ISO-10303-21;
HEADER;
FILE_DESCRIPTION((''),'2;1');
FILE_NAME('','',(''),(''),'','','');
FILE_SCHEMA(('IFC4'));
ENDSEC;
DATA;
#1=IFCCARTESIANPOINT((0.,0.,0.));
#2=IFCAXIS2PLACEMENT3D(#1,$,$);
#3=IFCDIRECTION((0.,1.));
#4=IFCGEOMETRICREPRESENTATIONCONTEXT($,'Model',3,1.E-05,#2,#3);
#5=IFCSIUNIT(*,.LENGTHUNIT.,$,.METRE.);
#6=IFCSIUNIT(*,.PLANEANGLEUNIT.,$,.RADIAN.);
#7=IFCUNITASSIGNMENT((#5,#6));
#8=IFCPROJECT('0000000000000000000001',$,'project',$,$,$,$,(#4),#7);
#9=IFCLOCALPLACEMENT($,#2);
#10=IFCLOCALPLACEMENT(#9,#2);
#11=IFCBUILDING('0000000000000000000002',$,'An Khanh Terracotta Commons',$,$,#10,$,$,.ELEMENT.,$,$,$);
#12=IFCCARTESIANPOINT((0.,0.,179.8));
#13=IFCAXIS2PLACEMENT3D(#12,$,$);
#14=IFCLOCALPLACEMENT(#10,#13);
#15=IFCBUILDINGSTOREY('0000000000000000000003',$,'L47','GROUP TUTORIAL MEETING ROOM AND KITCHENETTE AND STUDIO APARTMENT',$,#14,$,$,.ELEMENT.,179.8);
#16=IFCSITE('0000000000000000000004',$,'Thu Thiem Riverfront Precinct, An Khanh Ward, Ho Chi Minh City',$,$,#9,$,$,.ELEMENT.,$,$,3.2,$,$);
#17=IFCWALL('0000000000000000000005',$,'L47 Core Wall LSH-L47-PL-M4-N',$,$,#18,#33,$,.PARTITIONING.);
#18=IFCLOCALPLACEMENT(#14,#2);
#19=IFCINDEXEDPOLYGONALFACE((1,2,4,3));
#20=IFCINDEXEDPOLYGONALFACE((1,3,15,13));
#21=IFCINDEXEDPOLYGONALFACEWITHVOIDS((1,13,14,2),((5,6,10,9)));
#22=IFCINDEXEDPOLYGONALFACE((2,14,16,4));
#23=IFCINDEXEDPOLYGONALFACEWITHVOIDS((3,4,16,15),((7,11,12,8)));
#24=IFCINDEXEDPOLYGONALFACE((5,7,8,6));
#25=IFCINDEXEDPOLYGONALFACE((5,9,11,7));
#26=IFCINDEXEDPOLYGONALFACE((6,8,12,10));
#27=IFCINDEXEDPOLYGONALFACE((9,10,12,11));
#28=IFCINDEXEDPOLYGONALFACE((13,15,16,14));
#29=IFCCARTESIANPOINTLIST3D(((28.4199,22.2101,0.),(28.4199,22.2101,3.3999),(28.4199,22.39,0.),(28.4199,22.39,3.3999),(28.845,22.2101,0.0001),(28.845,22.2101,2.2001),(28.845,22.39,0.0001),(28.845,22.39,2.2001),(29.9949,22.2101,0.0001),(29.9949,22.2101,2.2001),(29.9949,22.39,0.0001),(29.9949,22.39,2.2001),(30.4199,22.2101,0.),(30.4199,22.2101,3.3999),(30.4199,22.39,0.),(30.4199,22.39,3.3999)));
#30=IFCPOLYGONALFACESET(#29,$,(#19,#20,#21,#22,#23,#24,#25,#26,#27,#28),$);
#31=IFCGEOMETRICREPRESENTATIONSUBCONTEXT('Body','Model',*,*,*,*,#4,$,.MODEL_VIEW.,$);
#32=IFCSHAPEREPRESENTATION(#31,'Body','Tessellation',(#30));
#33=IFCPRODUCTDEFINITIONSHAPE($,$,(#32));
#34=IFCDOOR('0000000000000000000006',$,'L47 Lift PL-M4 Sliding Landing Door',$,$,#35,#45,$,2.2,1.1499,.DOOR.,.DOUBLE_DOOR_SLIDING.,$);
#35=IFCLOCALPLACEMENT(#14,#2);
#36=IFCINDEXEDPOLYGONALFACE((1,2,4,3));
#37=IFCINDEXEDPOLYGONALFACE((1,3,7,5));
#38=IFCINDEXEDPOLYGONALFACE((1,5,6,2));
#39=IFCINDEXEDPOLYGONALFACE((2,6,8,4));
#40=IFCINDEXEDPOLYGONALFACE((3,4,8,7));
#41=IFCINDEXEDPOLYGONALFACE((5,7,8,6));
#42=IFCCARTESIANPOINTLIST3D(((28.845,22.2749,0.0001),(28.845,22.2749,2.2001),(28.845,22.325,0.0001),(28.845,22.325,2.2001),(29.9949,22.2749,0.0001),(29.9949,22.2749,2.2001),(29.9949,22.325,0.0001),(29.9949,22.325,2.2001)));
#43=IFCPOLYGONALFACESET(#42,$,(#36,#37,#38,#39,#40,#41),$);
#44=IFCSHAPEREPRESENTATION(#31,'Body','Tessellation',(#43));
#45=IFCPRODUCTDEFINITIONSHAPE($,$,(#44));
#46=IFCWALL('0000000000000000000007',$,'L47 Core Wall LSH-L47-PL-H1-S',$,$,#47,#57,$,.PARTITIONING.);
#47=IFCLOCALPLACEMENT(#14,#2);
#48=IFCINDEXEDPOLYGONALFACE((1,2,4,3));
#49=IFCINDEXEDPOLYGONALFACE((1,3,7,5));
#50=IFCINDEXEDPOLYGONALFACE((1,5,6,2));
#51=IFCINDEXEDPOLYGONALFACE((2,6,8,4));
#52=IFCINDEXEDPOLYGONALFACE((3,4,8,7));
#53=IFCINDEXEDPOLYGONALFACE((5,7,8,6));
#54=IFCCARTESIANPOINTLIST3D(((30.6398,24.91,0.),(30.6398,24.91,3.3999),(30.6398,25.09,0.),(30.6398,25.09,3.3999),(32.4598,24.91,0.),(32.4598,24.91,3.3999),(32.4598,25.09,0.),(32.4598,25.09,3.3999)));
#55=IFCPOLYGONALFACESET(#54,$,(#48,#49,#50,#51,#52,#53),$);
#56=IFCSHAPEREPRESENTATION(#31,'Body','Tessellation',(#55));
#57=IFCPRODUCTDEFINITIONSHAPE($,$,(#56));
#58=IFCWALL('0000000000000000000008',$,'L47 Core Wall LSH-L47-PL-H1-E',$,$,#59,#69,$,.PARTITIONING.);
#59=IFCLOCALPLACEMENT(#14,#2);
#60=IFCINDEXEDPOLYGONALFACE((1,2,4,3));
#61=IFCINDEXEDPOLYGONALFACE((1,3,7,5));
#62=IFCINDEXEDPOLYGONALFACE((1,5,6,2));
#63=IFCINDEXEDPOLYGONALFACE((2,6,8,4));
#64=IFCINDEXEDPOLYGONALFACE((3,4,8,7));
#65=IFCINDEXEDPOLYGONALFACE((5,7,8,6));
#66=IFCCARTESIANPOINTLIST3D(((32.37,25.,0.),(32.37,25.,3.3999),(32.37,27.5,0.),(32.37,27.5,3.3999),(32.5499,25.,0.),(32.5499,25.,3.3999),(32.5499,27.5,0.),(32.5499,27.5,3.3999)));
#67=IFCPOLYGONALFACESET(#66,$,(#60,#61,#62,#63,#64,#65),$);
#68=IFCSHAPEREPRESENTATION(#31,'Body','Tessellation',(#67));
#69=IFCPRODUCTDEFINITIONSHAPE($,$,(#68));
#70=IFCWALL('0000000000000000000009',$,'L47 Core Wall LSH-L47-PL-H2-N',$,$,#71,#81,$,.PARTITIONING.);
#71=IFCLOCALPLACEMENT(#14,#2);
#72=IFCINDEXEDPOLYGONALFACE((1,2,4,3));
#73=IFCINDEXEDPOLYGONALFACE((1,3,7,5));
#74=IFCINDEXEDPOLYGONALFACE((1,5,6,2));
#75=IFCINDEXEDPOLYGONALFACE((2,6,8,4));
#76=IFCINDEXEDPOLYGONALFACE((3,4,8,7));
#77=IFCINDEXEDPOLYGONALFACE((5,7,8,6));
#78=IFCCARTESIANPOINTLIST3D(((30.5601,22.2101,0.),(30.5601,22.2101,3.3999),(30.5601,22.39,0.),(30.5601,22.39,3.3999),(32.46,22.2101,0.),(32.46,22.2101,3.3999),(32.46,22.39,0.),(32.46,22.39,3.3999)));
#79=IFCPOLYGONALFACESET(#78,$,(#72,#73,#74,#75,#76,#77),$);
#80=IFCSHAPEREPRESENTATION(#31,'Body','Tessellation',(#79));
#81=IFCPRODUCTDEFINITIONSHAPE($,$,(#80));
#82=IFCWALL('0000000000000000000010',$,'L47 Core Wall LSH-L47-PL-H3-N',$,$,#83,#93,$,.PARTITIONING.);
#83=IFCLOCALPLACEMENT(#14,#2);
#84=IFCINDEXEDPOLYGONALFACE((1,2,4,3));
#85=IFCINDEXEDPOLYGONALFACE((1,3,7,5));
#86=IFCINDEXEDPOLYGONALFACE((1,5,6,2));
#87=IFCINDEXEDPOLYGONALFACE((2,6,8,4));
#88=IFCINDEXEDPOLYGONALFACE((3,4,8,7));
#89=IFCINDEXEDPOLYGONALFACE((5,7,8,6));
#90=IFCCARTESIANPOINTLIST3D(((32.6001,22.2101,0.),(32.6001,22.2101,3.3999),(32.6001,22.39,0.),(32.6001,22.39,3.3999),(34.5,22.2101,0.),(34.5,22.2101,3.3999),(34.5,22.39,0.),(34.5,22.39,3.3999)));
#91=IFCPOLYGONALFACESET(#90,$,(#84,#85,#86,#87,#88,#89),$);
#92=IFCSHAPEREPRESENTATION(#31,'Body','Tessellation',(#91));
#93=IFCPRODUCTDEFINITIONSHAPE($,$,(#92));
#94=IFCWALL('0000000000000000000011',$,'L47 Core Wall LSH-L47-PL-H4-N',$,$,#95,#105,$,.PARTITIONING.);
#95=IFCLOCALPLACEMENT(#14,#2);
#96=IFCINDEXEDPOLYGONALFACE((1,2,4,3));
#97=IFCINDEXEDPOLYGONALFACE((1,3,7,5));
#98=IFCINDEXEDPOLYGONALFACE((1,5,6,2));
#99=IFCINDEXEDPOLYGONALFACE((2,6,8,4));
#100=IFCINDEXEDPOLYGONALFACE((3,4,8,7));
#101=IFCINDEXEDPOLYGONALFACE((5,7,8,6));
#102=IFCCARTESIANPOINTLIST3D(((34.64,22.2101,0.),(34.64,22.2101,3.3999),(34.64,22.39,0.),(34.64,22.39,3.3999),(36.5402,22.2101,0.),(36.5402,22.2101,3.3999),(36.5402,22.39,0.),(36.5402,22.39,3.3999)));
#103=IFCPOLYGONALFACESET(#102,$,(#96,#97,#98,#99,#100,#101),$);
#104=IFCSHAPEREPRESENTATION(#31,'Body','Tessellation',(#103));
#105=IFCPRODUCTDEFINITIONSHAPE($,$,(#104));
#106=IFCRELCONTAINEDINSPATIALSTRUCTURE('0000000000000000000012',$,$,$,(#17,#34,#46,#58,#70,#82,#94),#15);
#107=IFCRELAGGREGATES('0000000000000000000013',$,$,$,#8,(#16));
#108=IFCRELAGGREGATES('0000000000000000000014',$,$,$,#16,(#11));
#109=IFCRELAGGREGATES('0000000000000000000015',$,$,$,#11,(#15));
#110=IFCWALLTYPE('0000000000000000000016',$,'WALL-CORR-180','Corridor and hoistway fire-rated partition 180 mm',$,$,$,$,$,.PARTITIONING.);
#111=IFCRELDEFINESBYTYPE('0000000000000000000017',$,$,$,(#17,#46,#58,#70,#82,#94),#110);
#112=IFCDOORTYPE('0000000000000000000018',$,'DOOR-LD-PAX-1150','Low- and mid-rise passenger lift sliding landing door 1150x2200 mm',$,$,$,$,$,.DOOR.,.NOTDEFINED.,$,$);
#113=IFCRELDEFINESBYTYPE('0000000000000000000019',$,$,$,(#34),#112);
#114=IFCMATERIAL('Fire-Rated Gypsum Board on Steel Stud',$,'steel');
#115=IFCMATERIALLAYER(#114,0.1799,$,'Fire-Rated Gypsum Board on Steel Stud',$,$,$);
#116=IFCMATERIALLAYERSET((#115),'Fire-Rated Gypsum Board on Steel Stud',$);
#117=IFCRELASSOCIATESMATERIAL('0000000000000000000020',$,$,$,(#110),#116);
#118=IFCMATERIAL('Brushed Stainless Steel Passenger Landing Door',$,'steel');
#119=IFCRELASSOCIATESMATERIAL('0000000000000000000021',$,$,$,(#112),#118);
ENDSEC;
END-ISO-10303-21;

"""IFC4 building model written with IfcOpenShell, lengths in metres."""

from ifc_helpers import new_model, si_unit, direction, frame, frame_2d, origin, place, context, subcontext, project, spatial, rectangle, extrude, material, layer, layer_set, type_object, element, fill, save


model = new_model("IFC4")

# Units and contexts
model_context = context("Model", 3, precision=1e-05, world=origin(), true_north=direction((0.0, 1.0)))
body_context = subcontext(model_context, "Body", "Model", "MODEL_VIEW")
ifc_project = project(units=[si_unit("LENGTHUNIT", "METRE"), si_unit("PLANEANGLEUNIT", "RADIAN")], contexts=[model_context])

# Site, building, storey
site_placement = place(None, origin())
site = spatial("IfcSite", under=ifc_project, at=site_placement, Name="Thu Thiem Riverfront Precinct, An Khanh Ward, Ho Chi Minh City", CompositionType="ELEMENT", RefElevation=3.2)
building_placement = place(site_placement, origin())
building = spatial("IfcBuilding", under=site, at=building_placement, Name="An Khanh Terracotta Commons", CompositionType="ELEMENT")
storey_placement = place(building_placement, frame((0.0, 0.0, 179.8)))
storey = spatial("IfcBuildingStorey", under=building, at=storey_placement, Name="L47", Description="GROUP TUTORIAL MEETING ROOM AND KITCHENETTE AND STUDIO APARTMENT", CompositionType="ELEMENT", Elevation=179.8)

# Shared definitions
ifc_material_1 = material(Name="Fire-Rated Gypsum Board on Steel Stud", Category="steel")
ifc_layer = layer(ifc_material_1, 0.1799, Name="Fire-Rated Gypsum Board on Steel Stud")
ifc_layer_set = layer_set([ifc_layer], Name="Fire-Rated Gypsum Board on Steel Stud")
wall_type = type_object("IfcWallType", Name="WALL-CORR-180", Description="Corridor and hoistway fire-rated partition 180 mm", PredefinedType="PARTITIONING", material=ifc_layer_set)

# Shared definitions
ifc_material_2 = material(Name="Brushed Stainless Steel Passenger Landing Door", Category="steel")
door_type_1 = type_object("IfcDoorType", Name="DOOR-LD-PAX-1150", Description="Low- and mid-rise passenger lift sliding landing door 1150x2200 mm", OperationType="NOTDEFINED", PredefinedType="DOOR", material=ifc_material_2)

# Wall, opening, door
wall_1_placement = place(storey_placement, frame((28.4199, 22.3, 0.0), z_axis=(0.0, 0.0, 1.0), x_axis=(1.0, 0.0, 0.0)))
wall_1 = element("IfcWall", 1, at=wall_1_placement, inside=storey, type_object=wall_type, Name="L47 Core Wall LSH-L47-PL-M4-N", PredefinedType="PARTITIONING", context=body_context, shape_type="SweptSolid", body=[
    extrude(rectangle(XDim=2.0, YDim=0.1799, at=frame_2d((1.0, 0.0))), origin(), (0.0, 0.0, 1.0), 3.3999),
])
opening_1_placement = place(wall_1_placement, frame((0.425, 0.0, 0.0)))
opening_1 = element("IfcOpeningElement", 2, at=opening_1_placement, cuts=wall_1, PredefinedType="OPENING", context=body_context, shape_type="SweptSolid", body=[
    extrude(rectangle(XDim=1.1499, YDim=2.2, at=frame_2d((0.575, 1.1001))), frame((0.0, 0.0999, 0.0), z_axis=(0.0, -1.0, 0.0), x_axis=(1.0, 0.0, 0.0)), (0.0, 0.0, 1.0), 0.2),
])
door_1_placement = place(opening_1_placement, origin())
door_1 = element("IfcDoor", 3, at=door_1_placement, inside=storey, type_object=door_type_1, Name="L47 Lift PL-M4 Sliding Landing Door", OperationType="DOUBLE_DOOR_SLIDING", OverallHeight=2.2, OverallWidth=1.1499, PredefinedType="DOOR", context=body_context, shape_type="SweptSolid", body=[
    extrude(rectangle(XDim=1.1499, YDim=2.2, at=frame_2d((0.575, 1.1001))), frame((0.0, 0.0249, 0.0), z_axis=(0.0, -1.0, 0.0), x_axis=(1.0, 0.0, 0.0)), (0.0, 0.0, 1.0), 0.05),
])
fill(opening_1, door_1)

# Walls
wall_2_placement = place(storey_placement, frame((32.46, 25.0, 0.0), z_axis=(0.0, 0.0, 1.0), x_axis=(-1.0, 0.0, 0.0)))
element("IfcWall", 4, at=wall_2_placement, inside=storey, type_object=wall_type, Name="L47 Core Wall LSH-L47-PL-H1-S", PredefinedType="PARTITIONING", context=body_context, shape_type="SweptSolid", body=[
    extrude(rectangle(XDim=1.8201, YDim=0.1799, at=frame_2d((0.9102, 0.0))), origin(), (0.0, 0.0, 1.0), 3.3999),
])
wall_3_placement = place(storey_placement, frame((32.46, 25.0, 0.0), z_axis=(0.0, 0.0, 1.0), x_axis=(0.0, 1.0, 0.0)))
element("IfcWall", 5, at=wall_3_placement, inside=storey, type_object=wall_type, Name="L47 Core Wall LSH-L47-PL-H1-E", PredefinedType="PARTITIONING", context=body_context, shape_type="SweptSolid", body=[
    extrude(rectangle(XDim=2.5, YDim=0.1799, at=frame_2d((1.25, 0.0))), origin(), (0.0, 0.0, 1.0), 3.3999),
])
for number, where, z_axis, x_axis, name in (
    (6, (30.5601, 22.3, 0.0), (0.0, 0.0, 1.0), (1.0, 0.0, 0.0), "L47 Core Wall LSH-L47-PL-H2-N"),
    (7, (32.6001, 22.3, 0.0), (0.0, 0.0, 1.0), (1.0, 0.0, 0.0), "L47 Core Wall LSH-L47-PL-H3-N"),
):
    element("IfcWall", number, at=place(storey_placement, frame(where, z_axis=z_axis, x_axis=x_axis)), inside=storey, type_object=wall_type, Name=name, PredefinedType="PARTITIONING", context=body_context, shape_type="SweptSolid", body=[
        extrude(rectangle(XDim=1.8999, YDim=0.1799, at=frame_2d((0.95, 0.0))), origin(), (0.0, 0.0, 1.0), 3.3999),
    ])
wall_4_placement = place(storey_placement, frame((34.6399, 22.3, 0.0), z_axis=(0.0, 0.0, 1.0), x_axis=(1.0, 0.0, 0.0)))
element("IfcWall", 8, at=wall_4_placement, inside=storey, type_object=wall_type, Name="L47 Core Wall LSH-L47-PL-H4-N", PredefinedType="PARTITIONING", context=body_context, shape_type="SweptSolid", body=[
    extrude(rectangle(XDim=1.9001, YDim=0.1799, at=frame_2d((0.9502, 0.0))), origin(), (0.0, 0.0, 1.0), 3.3999),
])

save(model, "model.ifc")
